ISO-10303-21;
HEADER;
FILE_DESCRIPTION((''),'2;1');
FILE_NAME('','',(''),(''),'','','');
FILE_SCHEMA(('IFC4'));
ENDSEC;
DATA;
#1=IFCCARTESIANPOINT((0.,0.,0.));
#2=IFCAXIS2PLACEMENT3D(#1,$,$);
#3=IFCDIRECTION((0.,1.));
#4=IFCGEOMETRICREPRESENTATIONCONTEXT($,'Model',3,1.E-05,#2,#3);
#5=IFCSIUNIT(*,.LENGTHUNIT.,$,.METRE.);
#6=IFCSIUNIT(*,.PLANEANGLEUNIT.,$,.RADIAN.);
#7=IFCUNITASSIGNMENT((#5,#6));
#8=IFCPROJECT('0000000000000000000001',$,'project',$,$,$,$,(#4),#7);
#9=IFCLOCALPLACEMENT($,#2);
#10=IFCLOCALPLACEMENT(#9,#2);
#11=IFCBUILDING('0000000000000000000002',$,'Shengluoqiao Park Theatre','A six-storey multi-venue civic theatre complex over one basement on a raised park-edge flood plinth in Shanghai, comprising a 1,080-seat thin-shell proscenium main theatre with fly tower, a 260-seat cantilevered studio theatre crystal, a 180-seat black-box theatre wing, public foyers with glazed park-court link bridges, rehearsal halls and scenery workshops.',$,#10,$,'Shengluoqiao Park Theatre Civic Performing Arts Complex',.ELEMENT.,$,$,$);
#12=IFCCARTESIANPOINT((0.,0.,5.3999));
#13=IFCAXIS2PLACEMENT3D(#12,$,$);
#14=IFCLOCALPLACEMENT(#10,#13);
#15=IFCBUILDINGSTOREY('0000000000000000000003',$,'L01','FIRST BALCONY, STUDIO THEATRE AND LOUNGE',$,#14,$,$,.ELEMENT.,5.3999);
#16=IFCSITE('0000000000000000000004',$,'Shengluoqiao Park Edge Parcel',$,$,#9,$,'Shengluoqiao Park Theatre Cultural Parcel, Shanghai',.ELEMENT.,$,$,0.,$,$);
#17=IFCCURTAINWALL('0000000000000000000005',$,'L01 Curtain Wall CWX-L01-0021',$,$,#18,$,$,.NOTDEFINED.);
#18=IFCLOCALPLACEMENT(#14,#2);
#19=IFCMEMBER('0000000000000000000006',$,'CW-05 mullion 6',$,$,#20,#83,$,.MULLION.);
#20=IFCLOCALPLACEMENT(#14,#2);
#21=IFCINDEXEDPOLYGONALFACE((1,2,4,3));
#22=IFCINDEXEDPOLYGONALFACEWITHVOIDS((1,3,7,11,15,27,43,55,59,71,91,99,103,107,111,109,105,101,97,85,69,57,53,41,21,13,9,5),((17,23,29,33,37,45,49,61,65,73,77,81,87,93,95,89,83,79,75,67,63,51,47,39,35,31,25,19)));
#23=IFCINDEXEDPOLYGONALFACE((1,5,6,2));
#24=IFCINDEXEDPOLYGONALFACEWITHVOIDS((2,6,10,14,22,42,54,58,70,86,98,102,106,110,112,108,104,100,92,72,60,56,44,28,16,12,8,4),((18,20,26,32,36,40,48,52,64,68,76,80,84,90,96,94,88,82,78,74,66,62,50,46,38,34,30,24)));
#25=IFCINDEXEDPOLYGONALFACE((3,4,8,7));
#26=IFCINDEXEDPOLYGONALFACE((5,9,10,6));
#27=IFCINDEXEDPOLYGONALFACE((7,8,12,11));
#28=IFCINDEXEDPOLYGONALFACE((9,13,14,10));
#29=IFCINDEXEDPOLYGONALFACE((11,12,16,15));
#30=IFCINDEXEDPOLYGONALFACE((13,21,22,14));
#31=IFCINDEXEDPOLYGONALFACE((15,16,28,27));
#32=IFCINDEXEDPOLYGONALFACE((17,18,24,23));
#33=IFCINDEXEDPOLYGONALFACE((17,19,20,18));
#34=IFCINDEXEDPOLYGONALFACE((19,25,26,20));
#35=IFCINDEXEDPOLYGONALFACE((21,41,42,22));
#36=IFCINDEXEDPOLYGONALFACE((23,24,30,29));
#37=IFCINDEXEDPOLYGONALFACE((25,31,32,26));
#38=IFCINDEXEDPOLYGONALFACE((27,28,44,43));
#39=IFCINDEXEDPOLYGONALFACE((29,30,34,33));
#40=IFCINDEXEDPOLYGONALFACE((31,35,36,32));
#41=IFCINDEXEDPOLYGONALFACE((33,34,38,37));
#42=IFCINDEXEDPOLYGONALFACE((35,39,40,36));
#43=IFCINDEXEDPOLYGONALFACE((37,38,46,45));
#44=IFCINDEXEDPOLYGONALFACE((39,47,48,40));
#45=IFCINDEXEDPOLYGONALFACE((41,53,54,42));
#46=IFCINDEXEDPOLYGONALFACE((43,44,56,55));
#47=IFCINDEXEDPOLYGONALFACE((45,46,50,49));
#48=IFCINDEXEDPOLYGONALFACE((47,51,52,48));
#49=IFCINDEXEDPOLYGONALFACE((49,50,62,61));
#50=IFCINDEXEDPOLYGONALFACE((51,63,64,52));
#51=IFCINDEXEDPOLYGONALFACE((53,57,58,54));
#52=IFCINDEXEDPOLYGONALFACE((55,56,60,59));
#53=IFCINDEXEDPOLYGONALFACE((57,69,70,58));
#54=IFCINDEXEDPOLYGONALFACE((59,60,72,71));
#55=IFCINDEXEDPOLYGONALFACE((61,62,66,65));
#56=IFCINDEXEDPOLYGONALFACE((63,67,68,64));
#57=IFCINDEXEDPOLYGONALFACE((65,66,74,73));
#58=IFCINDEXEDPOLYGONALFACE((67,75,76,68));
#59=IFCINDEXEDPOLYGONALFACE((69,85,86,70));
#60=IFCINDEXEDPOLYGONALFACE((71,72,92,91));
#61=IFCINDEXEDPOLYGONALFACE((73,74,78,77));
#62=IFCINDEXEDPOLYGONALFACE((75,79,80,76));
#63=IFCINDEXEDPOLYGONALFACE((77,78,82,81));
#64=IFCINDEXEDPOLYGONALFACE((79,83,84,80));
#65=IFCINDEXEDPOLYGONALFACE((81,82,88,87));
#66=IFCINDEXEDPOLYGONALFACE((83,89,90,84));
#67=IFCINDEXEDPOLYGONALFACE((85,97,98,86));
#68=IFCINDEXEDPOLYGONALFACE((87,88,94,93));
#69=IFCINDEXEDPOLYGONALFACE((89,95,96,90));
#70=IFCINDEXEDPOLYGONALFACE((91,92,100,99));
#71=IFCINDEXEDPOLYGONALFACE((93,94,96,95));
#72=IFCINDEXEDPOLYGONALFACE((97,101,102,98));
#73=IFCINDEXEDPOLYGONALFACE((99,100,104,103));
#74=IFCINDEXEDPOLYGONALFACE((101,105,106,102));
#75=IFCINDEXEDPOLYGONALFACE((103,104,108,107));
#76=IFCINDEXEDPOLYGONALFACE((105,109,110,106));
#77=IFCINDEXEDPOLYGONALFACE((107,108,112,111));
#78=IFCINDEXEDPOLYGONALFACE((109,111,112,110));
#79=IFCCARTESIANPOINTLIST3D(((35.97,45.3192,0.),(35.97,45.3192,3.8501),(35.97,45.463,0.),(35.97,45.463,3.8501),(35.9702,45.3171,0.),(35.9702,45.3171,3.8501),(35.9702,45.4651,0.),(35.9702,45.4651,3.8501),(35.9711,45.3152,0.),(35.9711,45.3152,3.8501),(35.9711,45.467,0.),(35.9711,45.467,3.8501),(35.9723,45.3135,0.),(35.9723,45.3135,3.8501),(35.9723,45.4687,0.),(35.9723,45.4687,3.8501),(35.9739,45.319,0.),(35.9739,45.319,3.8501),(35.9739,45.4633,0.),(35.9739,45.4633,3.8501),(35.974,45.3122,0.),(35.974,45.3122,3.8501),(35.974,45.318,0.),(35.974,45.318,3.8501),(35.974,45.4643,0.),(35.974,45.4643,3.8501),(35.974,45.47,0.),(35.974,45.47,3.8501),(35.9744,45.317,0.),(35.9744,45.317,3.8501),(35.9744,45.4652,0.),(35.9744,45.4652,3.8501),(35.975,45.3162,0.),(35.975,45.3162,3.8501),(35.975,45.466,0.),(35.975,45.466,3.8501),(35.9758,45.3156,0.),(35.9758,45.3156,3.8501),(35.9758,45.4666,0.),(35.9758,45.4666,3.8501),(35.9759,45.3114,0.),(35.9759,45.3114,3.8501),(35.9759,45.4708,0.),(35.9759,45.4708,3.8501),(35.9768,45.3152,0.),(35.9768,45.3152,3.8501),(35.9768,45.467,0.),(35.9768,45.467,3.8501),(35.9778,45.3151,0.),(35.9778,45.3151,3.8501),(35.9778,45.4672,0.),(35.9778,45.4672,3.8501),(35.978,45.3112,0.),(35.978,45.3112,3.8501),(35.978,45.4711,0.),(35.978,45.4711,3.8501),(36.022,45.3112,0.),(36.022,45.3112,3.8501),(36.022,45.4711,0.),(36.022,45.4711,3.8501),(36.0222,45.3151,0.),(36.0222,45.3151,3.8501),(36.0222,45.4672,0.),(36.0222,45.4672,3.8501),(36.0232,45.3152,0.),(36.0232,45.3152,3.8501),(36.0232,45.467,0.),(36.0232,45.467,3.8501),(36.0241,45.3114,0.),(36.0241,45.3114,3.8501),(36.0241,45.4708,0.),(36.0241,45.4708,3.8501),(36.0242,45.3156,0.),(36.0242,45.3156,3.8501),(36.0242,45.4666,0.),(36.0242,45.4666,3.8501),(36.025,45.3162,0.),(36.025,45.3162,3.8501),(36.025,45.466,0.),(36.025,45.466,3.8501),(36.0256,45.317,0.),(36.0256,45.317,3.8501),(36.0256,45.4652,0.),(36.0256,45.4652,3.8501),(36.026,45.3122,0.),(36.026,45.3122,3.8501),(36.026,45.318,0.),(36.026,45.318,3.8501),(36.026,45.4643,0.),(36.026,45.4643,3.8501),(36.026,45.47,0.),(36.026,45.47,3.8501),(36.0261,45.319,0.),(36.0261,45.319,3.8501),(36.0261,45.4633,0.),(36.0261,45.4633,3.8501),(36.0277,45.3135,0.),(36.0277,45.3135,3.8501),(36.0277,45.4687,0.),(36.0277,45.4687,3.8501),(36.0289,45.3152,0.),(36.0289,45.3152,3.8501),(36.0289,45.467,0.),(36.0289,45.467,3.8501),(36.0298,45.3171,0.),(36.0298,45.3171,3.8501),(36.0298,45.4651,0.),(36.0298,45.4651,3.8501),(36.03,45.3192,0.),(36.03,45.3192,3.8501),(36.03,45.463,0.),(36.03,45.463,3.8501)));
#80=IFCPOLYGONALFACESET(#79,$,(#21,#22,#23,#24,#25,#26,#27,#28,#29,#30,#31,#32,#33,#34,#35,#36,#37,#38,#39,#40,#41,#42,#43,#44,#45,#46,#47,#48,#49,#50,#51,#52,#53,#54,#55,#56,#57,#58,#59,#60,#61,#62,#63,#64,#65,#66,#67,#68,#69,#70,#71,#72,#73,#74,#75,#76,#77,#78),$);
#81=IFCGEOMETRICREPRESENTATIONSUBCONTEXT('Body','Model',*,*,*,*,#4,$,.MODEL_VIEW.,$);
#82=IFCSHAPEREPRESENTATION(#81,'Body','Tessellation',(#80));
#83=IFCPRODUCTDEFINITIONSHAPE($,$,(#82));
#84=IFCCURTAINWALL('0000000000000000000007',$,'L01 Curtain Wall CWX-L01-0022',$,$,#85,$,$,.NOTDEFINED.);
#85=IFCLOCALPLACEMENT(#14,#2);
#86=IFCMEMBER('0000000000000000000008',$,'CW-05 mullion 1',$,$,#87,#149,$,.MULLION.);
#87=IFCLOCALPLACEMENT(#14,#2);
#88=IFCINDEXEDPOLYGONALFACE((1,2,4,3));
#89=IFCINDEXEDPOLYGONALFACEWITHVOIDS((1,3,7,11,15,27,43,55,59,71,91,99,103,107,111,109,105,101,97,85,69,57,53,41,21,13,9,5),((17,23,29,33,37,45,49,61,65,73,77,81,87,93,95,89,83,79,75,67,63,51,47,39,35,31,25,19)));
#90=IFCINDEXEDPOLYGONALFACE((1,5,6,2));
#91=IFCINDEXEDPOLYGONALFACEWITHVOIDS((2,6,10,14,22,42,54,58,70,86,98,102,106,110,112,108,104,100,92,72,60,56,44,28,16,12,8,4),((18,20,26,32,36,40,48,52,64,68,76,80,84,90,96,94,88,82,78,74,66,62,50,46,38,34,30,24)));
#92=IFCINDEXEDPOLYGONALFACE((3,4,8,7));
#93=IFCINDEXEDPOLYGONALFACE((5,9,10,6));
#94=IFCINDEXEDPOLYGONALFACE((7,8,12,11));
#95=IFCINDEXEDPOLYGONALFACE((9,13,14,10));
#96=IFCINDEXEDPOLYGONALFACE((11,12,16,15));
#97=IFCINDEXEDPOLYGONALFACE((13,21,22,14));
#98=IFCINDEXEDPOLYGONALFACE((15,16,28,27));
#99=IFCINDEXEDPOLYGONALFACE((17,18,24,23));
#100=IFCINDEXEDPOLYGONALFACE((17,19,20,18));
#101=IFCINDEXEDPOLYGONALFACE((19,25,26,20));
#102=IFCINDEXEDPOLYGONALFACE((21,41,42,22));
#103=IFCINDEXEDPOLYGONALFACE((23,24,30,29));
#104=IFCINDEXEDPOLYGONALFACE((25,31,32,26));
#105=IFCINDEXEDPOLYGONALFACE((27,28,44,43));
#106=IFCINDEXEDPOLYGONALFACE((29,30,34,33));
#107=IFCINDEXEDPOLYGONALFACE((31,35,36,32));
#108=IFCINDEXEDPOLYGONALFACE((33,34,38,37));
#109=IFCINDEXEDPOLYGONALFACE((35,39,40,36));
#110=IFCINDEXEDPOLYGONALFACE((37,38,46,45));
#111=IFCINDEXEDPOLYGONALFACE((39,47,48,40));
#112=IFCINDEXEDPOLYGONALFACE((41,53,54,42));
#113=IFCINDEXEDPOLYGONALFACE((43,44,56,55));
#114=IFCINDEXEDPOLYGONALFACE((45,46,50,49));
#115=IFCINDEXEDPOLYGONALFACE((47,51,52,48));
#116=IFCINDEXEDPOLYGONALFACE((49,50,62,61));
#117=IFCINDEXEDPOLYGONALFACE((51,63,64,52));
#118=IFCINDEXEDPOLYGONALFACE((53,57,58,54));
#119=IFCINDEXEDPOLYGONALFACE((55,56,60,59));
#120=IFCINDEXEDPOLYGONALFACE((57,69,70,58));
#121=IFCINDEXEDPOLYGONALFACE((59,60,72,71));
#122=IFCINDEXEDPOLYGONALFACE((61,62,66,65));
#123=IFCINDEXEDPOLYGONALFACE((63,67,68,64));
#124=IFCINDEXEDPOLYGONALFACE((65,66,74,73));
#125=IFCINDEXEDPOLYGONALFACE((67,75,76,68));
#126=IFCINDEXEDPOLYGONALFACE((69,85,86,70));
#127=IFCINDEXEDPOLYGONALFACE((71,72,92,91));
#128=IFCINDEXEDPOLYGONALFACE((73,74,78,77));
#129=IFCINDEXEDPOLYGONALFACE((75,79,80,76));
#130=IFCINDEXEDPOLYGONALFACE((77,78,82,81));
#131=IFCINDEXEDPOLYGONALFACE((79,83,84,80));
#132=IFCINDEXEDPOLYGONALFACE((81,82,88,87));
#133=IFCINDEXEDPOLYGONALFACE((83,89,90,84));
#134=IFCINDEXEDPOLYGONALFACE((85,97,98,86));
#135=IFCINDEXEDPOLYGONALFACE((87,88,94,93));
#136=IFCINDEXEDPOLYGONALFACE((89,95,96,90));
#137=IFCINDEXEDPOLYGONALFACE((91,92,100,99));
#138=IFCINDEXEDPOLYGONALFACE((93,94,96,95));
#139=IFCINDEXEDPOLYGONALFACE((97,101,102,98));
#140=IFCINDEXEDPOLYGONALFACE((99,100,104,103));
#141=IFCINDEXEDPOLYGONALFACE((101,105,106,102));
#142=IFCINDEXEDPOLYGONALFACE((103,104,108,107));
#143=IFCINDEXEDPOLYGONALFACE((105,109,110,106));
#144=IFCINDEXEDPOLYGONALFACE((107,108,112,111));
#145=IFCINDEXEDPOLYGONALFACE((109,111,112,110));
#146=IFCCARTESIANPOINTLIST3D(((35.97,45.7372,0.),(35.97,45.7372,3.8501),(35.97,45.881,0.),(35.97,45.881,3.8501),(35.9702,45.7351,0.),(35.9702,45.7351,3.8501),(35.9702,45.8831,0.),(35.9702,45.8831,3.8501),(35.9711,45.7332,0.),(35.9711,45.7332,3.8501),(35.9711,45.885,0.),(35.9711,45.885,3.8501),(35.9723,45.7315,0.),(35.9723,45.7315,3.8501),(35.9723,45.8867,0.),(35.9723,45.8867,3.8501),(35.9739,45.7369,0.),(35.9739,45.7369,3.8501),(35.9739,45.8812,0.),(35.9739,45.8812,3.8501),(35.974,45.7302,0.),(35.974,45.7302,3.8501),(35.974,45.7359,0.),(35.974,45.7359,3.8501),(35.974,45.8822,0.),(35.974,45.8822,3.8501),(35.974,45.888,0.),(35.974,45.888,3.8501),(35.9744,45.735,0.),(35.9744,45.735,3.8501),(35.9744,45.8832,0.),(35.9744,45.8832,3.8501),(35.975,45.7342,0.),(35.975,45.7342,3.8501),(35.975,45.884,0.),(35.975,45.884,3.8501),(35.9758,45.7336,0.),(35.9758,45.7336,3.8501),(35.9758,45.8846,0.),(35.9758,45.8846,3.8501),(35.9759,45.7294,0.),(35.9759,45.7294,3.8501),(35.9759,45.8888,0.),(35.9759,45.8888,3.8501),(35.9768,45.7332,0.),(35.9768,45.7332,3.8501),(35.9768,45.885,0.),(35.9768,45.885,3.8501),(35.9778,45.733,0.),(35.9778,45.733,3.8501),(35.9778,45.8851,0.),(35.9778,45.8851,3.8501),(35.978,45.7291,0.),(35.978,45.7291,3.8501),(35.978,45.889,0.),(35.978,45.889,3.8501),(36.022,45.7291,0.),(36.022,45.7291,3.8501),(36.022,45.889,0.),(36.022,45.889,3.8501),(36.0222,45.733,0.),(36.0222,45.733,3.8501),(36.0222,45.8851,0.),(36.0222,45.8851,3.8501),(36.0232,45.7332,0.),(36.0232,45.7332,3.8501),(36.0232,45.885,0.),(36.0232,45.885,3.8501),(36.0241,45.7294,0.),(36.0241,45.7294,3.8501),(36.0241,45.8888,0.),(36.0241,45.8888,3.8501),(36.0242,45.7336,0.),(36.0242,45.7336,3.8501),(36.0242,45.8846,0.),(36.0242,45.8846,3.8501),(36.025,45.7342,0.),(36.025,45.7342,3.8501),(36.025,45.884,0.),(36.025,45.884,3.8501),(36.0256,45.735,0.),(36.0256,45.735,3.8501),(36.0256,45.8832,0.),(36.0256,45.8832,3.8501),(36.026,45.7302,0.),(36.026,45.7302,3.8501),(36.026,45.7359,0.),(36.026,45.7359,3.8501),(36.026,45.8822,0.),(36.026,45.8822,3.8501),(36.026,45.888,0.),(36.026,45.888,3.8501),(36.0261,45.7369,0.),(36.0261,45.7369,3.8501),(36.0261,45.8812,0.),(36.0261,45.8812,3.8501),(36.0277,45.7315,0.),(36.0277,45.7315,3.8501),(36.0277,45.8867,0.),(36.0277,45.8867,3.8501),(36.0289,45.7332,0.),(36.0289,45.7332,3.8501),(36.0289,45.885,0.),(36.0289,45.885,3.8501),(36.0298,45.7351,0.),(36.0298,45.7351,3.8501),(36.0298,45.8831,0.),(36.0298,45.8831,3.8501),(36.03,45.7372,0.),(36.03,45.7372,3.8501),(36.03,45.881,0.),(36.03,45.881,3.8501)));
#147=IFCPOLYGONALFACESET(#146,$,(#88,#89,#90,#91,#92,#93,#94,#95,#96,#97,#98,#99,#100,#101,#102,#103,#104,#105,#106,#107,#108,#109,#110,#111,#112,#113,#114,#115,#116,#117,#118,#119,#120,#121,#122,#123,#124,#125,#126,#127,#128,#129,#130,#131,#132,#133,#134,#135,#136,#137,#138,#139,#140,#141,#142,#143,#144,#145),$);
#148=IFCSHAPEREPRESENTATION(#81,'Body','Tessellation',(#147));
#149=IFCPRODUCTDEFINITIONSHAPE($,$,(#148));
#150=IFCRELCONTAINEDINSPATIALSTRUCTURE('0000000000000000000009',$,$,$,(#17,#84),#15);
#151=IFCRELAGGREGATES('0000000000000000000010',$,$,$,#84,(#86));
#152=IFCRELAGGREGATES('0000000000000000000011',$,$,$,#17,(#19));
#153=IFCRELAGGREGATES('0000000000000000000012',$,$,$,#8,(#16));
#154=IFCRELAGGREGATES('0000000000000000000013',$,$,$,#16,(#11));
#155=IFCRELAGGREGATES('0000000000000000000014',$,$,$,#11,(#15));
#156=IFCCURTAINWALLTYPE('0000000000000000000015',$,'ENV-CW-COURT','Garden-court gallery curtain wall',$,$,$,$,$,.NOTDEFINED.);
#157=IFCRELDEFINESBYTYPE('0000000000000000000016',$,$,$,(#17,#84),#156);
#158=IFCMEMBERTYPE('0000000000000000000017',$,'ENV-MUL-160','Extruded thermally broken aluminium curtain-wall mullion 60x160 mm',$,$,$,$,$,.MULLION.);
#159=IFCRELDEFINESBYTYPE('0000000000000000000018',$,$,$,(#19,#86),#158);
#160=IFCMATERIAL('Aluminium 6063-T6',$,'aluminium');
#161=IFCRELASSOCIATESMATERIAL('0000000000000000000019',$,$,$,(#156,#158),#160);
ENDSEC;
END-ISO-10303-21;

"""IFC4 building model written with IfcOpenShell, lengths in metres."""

from ifc_helpers import new_model, si_unit, direction, frame, origin, origin_2d, place, context, subcontext, project, spatial, hollow_rectangle, extrude, material, material_profile, profile_set, type_object, element, aggregate, save


model = new_model("IFC4")

# Units and contexts
model_context = context("Model", 3, precision=1e-05, world=origin(), true_north=direction((0.0, 1.0)))
body_context = subcontext(model_context, "Body", "Model", "MODEL_VIEW")
ifc_project = project(units=[si_unit("LENGTHUNIT", "METRE"), si_unit("PLANEANGLEUNIT", "RADIAN")], contexts=[model_context])

# Site, building, storey
site_placement = place(None, origin())
site = spatial("IfcSite", under=ifc_project, at=site_placement, Name="Shengluoqiao Park Edge Parcel", LongName="Shengluoqiao Park Theatre Cultural Parcel, Shanghai", CompositionType="ELEMENT", RefElevation=0.0)
building_placement = place(site_placement, origin())
building = spatial("IfcBuilding", under=site, at=building_placement, Name="Shengluoqiao Park Theatre", Description="A six-storey multi-venue civic theatre complex over one basement on a raised park-edge flood plinth in Shanghai, comprising a 1,080-seat thin-shell proscenium main theatre with fly tower, a 260-seat cantilevered studio theatre crystal, a 180-seat black-box theatre wing, public foyers with glazed park-court link bridges, rehearsal halls and scenery workshops.", LongName="Shengluoqiao Park Theatre Civic Performing Arts Complex", CompositionType="ELEMENT")
storey_placement = place(building_placement, frame((0.0, 0.0, 5.3999)))
storey = spatial("IfcBuildingStorey", under=building, at=storey_placement, Name="L01", Description="FIRST BALCONY, STUDIO THEATRE AND LOUNGE", CompositionType="ELEMENT", Elevation=5.3999)

# Curtain wall, member
ifc_material_1 = material(Name="Aluminium 6063-T6", Category="aluminium")
curtain_wall_type = type_object("IfcCurtainWallType", Name="ENV-CW-COURT", Description="Garden-court gallery curtain wall", PredefinedType="NOTDEFINED", material=ifc_material_1)
curtain_wall_1_placement = place(storey_placement, origin())
curtain_wall_1 = element("IfcCurtainWall", 1, at=curtain_wall_1_placement, inside=storey, type_object=curtain_wall_type, Name="L01 Curtain Wall CWX-L01-0021", PredefinedType="NOTDEFINED")
ifc_material_profile_1 = material_profile(ifc_material_1, hollow_rectangle(XDim=0.0601, YDim=0.1599, WallThickness=0.0039, InnerFilletRadius=0.0039, OuterFilletRadius=0.0081, at=origin_2d()), Name="ALU MULLION 160x60x4")
ifc_profile_set_1 = profile_set([ifc_material_profile_1], Name="Aluminium 6063-T6")
member_type_1 = type_object("IfcMemberType", Name="ENV-MUL-160", Description="Extruded thermally broken aluminium curtain-wall mullion 60x160 mm", PredefinedType="MULLION", material=ifc_profile_set_1)
member_1_placement = place(storey_placement, frame((36.0, 45.3911, 0.0), z_axis=(0.0, 0.0, 1.0), x_axis=(-1.0, 0.0, 0.0)))
member_1 = element("IfcMember", 2, at=member_1_placement, type_object=member_type_1, Name="CW-05 mullion 6", PredefinedType="MULLION", context=body_context, shape_type="SweptSolid", body=[
    extrude(hollow_rectangle(XDim=0.0601, YDim=0.1599, WallThickness=0.0039, InnerFilletRadius=0.0039, OuterFilletRadius=0.0081, at=origin_2d()), origin(), (0.0, 0.0, 1.0), 3.8501),
])

# Curtain wall, member
curtain_wall_2_placement = place(storey_placement, origin())
curtain_wall_2 = element("IfcCurtainWall", 3, at=curtain_wall_2_placement, inside=storey, type_object=curtain_wall_type, Name="L01 Curtain Wall CWX-L01-0022", PredefinedType="NOTDEFINED")
member_2_placement = place(storey_placement, frame((36.0, 45.8091, 0.0), z_axis=(0.0, 0.0, 1.0), x_axis=(-1.0, 0.0, 0.0)))
member_2 = element("IfcMember", 4, at=member_2_placement, type_object=member_type_1, Name="CW-05 mullion 1", PredefinedType="MULLION", context=body_context, shape_type="SweptSolid", body=[
    extrude(hollow_rectangle(XDim=0.0601, YDim=0.1599, WallThickness=0.0039, InnerFilletRadius=0.0039, OuterFilletRadius=0.0081, at=origin_2d()), origin(), (0.0, 0.0, 1.0), 3.8501),
])

aggregate(curtain_wall_2, [member_2])

aggregate(curtain_wall_1, [member_1])

save(model, "model.ifc")
